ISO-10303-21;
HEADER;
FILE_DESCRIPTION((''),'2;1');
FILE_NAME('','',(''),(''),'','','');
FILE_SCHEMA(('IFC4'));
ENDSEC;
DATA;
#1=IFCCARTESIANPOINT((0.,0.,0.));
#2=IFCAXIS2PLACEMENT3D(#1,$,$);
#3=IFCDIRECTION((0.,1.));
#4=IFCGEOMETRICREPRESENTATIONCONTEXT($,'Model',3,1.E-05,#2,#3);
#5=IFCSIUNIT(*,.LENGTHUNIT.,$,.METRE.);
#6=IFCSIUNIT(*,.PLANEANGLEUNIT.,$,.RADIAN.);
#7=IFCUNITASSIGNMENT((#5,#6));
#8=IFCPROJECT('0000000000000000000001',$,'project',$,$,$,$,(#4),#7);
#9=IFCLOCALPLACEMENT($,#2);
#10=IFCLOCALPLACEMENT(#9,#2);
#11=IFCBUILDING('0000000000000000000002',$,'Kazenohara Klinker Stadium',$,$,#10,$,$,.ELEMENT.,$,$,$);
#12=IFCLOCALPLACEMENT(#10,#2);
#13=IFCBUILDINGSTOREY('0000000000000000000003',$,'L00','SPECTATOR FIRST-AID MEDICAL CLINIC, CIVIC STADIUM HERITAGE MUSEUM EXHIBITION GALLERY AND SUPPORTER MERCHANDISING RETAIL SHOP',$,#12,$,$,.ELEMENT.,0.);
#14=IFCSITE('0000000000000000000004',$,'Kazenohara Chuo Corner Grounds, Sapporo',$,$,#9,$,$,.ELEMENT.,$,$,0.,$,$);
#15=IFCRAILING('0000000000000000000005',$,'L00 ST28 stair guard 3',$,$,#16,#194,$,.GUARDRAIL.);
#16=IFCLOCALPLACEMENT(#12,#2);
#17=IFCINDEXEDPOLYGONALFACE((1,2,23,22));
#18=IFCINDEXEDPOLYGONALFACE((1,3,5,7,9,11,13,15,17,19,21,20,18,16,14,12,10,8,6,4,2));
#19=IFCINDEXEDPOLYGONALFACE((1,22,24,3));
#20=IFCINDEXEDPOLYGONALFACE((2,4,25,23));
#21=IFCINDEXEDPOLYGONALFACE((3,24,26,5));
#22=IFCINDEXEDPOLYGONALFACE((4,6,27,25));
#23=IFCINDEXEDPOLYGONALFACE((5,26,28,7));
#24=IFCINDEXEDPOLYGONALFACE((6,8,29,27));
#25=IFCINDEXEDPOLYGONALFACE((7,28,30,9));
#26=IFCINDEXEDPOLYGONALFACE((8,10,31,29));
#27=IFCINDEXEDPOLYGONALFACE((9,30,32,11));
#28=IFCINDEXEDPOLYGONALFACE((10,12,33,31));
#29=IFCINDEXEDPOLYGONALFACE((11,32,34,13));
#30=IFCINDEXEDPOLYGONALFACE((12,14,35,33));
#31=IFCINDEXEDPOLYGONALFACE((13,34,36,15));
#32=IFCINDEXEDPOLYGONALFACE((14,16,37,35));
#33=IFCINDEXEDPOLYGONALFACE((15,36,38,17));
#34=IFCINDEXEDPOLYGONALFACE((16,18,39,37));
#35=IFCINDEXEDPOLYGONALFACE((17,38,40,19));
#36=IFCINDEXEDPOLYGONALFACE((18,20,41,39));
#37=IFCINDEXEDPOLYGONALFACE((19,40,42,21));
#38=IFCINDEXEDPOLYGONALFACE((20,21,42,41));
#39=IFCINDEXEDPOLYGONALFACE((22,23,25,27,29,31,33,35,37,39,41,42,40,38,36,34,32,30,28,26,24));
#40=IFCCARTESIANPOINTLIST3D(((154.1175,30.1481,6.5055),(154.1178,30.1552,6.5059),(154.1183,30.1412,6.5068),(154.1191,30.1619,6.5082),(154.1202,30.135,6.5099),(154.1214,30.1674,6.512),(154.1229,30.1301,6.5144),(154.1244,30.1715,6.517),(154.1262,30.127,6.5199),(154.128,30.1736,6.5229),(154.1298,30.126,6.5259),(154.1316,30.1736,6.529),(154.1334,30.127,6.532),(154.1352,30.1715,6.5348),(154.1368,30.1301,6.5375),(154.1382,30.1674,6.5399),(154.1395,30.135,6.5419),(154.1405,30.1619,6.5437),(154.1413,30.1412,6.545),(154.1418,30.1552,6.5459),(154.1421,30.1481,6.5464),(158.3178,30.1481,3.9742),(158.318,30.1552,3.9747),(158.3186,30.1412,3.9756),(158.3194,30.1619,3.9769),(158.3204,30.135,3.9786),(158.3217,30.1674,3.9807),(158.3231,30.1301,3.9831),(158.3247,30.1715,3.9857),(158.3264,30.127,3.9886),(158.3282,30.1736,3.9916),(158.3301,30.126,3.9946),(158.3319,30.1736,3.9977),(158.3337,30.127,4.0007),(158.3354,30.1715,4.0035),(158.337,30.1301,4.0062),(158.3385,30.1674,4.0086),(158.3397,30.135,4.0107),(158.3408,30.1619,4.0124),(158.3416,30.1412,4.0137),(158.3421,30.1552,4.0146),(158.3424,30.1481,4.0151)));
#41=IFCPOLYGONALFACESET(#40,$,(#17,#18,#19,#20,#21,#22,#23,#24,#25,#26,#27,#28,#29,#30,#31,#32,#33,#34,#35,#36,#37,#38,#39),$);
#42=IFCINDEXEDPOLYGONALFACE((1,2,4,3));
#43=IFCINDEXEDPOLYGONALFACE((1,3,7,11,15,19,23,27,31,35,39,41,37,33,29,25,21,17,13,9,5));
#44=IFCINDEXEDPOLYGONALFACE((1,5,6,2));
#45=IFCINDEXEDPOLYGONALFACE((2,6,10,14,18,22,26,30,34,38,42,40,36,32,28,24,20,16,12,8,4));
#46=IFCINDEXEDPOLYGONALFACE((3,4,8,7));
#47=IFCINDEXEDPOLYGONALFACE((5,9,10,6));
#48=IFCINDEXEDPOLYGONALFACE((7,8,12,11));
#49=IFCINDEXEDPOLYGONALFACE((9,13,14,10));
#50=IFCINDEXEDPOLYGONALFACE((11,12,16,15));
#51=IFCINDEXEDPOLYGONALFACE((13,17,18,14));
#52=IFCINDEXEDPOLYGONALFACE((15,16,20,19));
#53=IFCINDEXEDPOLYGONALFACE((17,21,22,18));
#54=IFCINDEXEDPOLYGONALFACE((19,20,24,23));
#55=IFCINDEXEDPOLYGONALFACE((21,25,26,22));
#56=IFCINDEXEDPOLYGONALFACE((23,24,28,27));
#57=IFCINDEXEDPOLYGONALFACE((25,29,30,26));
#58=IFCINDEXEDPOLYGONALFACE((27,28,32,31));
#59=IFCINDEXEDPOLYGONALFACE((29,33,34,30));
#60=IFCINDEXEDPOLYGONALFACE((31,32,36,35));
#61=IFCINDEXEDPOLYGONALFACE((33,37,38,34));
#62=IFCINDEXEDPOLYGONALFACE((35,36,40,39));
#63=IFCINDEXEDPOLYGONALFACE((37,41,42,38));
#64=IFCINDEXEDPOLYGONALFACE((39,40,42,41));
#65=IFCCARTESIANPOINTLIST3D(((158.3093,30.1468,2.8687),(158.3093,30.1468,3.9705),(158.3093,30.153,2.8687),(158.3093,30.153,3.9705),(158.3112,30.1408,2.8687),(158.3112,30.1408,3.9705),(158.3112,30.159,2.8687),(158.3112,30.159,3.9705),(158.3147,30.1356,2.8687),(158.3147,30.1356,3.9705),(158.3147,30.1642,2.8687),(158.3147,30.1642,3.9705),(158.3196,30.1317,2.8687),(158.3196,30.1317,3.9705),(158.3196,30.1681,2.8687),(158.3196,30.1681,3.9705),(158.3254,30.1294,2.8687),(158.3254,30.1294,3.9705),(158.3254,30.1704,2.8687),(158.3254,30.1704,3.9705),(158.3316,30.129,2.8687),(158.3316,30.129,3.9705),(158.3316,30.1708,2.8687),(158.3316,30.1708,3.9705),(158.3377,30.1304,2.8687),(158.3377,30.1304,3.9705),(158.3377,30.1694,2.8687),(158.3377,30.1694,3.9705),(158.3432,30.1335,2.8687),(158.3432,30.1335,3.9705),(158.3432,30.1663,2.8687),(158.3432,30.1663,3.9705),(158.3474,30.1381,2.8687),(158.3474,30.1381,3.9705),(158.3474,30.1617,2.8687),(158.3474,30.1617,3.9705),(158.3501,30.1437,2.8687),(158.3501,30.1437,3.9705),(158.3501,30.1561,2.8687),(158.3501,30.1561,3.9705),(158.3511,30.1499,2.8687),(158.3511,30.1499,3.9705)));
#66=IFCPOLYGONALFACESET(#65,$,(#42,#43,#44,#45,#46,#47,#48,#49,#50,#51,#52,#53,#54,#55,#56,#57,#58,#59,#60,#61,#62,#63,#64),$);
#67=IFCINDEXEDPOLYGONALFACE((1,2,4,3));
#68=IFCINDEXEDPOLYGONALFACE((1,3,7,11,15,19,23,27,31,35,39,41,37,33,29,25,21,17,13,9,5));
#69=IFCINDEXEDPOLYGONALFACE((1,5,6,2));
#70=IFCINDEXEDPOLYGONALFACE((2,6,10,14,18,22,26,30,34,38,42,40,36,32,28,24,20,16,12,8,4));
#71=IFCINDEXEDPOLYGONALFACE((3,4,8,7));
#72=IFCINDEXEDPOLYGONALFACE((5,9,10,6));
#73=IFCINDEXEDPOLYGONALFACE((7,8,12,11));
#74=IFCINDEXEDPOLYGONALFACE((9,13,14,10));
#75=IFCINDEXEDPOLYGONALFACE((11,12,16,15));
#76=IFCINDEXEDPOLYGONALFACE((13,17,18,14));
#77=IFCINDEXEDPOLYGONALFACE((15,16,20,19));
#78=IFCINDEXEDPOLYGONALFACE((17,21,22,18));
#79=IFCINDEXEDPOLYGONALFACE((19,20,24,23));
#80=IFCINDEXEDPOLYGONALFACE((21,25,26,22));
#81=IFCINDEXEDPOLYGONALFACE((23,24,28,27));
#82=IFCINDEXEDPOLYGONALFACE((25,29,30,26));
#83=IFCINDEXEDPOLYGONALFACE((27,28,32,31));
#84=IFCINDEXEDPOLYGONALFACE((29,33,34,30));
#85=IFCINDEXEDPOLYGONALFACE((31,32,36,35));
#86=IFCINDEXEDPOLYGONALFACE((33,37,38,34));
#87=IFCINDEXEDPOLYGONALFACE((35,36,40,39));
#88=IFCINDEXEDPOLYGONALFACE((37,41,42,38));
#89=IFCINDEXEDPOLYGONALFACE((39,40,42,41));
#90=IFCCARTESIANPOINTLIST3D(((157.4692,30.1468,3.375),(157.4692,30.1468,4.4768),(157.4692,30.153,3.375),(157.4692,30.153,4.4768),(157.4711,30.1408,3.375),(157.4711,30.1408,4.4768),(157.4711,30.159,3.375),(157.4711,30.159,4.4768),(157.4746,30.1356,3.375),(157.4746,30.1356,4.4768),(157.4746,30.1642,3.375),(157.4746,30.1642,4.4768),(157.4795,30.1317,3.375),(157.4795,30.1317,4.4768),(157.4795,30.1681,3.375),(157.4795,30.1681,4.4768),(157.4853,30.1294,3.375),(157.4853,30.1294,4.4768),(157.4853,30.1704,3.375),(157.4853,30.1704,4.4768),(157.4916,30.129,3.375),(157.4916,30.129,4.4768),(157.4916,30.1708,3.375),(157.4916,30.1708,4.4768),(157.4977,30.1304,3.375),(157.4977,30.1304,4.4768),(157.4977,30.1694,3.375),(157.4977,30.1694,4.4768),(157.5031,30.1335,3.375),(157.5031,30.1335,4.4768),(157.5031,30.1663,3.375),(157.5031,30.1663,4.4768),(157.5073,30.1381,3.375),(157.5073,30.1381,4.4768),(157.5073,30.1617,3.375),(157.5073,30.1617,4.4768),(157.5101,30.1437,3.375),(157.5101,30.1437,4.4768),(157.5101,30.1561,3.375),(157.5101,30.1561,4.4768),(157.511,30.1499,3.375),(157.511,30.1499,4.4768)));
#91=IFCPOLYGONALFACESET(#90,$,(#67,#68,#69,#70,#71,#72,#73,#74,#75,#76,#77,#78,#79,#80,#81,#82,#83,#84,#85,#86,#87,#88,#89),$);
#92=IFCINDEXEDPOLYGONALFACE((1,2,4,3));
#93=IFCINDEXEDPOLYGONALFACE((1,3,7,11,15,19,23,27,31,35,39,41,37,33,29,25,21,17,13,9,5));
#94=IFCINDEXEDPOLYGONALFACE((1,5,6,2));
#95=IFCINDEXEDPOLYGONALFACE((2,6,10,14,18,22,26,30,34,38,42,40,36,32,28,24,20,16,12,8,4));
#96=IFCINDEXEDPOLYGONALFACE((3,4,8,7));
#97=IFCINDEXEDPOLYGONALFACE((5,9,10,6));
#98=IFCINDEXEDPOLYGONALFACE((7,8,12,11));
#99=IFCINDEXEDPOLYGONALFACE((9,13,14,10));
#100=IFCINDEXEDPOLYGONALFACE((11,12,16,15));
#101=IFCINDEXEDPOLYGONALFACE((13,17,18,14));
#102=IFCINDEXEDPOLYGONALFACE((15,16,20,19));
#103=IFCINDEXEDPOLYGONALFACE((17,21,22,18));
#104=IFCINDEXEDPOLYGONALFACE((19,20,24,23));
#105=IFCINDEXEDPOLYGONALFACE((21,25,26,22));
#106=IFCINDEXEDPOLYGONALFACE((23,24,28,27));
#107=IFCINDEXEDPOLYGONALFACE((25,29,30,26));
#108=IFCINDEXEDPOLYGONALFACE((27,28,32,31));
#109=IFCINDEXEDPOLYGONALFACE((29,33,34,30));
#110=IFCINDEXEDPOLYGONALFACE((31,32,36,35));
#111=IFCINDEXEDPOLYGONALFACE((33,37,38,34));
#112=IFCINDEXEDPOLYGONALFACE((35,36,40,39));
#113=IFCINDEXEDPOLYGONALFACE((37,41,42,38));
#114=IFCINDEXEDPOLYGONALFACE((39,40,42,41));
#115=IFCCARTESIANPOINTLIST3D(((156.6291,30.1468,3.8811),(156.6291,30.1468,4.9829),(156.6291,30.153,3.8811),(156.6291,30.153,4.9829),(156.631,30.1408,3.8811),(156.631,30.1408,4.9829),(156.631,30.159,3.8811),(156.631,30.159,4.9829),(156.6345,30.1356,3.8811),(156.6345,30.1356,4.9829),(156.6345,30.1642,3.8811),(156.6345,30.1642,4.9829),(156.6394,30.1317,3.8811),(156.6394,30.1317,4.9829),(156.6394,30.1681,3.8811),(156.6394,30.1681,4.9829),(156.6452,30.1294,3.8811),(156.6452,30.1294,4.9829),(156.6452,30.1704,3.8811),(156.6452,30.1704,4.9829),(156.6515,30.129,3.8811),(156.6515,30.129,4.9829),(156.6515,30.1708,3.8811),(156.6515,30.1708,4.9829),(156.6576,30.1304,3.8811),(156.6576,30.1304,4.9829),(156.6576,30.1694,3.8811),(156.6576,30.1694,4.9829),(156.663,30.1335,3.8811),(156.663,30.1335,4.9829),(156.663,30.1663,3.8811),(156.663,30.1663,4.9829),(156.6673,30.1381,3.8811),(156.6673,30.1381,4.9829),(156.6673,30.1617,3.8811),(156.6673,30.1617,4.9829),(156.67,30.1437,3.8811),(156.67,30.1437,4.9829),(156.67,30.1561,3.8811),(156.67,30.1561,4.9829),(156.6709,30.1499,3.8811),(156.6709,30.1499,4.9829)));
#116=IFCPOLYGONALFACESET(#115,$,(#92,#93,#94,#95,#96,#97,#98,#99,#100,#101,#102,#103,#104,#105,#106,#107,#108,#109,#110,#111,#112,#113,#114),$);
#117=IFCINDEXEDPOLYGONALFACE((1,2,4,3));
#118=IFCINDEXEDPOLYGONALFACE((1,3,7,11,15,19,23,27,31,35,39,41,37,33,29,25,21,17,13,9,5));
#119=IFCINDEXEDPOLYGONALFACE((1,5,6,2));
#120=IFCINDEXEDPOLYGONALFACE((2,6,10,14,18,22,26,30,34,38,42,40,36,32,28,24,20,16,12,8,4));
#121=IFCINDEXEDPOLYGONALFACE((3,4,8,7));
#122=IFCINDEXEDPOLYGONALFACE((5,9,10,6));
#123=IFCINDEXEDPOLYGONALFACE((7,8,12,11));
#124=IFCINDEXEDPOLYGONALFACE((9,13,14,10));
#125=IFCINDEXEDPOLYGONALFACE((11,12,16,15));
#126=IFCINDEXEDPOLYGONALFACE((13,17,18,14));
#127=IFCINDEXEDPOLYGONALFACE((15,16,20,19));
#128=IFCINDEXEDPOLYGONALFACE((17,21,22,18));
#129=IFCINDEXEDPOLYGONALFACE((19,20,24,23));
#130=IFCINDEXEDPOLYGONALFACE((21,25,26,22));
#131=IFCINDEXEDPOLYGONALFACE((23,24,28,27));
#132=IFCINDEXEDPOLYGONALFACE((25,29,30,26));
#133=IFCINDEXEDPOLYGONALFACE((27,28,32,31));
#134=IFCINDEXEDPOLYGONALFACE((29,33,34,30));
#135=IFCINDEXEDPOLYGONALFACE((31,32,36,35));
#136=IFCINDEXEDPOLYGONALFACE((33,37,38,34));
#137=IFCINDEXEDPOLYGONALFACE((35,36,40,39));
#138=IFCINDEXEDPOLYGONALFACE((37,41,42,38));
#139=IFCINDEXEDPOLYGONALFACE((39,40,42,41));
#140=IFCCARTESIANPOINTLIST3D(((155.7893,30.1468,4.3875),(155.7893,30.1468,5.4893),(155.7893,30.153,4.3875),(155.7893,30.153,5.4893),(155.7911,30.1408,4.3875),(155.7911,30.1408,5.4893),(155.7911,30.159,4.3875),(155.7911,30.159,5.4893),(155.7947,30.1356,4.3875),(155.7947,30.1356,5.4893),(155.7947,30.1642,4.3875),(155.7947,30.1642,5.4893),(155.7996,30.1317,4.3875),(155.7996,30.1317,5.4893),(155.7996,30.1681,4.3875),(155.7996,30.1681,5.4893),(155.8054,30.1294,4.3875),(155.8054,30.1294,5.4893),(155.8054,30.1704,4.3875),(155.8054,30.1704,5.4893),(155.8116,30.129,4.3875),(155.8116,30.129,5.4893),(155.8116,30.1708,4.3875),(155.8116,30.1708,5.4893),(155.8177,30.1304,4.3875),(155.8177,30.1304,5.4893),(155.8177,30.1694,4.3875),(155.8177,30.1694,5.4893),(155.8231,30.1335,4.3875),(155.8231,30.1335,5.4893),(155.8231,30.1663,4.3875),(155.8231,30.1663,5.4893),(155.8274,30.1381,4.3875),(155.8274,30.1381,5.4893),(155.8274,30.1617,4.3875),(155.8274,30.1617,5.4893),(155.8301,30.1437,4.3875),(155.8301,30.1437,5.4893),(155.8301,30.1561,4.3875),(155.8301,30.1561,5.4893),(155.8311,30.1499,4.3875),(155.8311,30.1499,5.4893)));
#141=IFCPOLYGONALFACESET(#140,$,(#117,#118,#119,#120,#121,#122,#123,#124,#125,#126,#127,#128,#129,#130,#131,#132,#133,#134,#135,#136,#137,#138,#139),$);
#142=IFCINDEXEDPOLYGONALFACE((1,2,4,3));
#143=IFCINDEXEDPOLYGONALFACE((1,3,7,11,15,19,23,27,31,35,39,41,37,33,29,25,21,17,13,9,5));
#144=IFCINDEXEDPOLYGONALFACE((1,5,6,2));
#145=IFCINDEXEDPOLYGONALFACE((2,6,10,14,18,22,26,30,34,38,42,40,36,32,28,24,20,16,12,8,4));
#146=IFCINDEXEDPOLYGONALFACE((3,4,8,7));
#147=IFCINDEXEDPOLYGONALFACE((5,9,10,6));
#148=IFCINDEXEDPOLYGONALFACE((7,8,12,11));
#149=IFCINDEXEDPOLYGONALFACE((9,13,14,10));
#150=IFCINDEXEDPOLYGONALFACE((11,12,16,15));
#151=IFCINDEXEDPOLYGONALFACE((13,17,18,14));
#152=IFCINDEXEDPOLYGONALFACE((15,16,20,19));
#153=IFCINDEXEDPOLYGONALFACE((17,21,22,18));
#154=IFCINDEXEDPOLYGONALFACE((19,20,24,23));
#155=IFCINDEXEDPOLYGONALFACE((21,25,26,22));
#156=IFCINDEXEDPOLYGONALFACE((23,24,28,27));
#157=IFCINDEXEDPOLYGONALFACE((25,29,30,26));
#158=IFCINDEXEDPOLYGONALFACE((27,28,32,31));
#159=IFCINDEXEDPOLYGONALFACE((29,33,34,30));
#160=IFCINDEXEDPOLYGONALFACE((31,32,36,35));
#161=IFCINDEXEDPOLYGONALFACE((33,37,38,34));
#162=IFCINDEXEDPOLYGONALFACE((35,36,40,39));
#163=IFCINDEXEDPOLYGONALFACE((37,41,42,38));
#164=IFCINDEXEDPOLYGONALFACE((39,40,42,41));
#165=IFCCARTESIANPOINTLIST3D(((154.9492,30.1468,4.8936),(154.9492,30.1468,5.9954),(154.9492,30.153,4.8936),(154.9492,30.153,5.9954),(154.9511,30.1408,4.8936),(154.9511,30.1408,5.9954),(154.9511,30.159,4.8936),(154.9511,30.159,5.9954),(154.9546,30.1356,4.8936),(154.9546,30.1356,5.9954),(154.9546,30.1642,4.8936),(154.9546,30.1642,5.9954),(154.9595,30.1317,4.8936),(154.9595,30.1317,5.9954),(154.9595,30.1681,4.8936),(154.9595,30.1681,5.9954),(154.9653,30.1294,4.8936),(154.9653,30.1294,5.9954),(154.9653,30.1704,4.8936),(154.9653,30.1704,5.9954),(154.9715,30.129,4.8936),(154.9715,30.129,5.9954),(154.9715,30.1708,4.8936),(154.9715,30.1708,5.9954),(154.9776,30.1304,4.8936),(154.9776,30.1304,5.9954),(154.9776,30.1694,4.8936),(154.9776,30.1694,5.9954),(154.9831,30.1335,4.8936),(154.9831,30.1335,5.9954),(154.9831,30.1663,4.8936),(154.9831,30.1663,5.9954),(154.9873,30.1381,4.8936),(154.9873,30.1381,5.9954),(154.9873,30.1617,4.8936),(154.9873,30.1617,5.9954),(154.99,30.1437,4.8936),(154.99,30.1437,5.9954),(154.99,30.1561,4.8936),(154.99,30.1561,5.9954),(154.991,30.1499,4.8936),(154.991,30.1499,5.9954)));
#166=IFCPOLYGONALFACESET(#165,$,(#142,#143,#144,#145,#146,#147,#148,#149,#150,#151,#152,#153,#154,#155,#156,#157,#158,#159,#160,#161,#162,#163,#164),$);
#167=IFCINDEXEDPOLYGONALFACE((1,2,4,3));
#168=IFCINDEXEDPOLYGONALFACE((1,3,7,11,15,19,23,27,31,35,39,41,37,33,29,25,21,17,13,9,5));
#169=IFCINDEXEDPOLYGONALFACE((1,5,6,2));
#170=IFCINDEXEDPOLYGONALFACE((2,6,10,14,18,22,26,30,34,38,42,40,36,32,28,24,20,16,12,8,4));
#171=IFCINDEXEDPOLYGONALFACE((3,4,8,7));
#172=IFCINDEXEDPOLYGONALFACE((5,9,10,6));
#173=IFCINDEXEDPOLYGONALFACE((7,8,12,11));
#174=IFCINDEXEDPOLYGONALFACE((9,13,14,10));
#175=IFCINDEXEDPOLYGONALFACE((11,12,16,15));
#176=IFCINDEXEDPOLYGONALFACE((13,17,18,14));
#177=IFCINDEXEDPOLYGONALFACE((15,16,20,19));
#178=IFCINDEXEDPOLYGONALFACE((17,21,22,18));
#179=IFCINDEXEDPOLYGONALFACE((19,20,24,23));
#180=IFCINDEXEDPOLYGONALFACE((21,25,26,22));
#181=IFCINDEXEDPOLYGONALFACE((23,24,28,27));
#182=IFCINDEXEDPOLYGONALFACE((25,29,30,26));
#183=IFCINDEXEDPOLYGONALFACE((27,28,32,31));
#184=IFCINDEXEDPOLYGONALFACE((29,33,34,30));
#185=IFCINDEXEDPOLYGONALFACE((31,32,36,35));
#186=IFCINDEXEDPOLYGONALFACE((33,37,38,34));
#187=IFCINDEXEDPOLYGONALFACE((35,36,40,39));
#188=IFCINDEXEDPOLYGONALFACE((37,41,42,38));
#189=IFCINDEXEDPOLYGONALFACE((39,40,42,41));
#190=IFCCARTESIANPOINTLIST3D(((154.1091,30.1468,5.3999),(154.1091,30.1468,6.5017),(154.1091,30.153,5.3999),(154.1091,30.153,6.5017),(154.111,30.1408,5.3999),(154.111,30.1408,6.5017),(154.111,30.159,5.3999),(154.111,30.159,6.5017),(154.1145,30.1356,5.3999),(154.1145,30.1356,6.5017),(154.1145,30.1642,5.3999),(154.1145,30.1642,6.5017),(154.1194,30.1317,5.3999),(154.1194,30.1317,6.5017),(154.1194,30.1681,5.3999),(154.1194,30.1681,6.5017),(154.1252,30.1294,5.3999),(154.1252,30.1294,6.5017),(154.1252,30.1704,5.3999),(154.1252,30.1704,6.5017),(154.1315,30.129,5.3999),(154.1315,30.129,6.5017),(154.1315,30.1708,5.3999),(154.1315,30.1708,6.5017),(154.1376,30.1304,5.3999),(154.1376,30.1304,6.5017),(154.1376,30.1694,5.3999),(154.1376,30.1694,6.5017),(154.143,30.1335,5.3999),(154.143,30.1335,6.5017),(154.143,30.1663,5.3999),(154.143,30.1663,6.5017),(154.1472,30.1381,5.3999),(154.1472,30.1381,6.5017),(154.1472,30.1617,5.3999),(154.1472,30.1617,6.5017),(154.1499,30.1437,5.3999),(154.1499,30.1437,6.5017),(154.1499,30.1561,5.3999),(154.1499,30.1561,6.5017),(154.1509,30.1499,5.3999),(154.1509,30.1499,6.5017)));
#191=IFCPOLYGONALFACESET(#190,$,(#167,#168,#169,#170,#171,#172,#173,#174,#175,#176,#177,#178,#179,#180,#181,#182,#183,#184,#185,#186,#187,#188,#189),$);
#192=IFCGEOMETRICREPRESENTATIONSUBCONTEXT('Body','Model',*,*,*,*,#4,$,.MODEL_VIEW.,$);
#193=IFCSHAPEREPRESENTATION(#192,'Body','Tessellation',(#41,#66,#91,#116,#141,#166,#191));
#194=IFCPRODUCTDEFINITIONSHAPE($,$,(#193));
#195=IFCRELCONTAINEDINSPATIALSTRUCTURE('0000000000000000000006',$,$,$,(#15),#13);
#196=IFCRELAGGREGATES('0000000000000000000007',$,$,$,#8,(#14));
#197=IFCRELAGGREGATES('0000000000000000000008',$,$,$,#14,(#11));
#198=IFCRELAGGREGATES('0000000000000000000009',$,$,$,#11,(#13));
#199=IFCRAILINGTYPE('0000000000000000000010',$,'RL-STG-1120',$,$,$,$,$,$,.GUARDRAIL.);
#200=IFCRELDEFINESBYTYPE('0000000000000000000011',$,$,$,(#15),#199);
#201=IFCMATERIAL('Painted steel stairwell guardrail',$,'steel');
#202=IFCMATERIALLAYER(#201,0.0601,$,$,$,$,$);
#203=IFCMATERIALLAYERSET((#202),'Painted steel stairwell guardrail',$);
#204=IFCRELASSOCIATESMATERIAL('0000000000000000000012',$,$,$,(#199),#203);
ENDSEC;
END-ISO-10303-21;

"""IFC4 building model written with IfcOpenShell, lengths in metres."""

from ifc_helpers import new_model, si_unit, direction, frame, origin, origin_2d, place, context, subcontext, project, spatial, circle, extrude, material, layer, layer_set, type_object, element, save


model = new_model("IFC4")

# Units and contexts
model_context = context("Model", 3, precision=1e-05, world=origin(), true_north=direction((0.0, 1.0)))
body_context = subcontext(model_context, "Body", "Model", "MODEL_VIEW")
ifc_project = project(units=[si_unit("LENGTHUNIT", "METRE"), si_unit("PLANEANGLEUNIT", "RADIAN")], contexts=[model_context])

# Site, building, storey
site_placement = place(None, origin())
site = spatial("IfcSite", under=ifc_project, at=site_placement, Name="Kazenohara Chuo Corner Grounds, Sapporo", CompositionType="ELEMENT", RefElevation=0.0)
building_placement = place(site_placement, origin())
building = spatial("IfcBuilding", under=site, at=building_placement, Name="Kazenohara Klinker Stadium", CompositionType="ELEMENT")
storey_placement = place(building_placement, origin())
storey = spatial("IfcBuildingStorey", under=building, at=storey_placement, Name="L00", Description="SPECTATOR FIRST-AID MEDICAL CLINIC, CIVIC STADIUM HERITAGE MUSEUM EXHIBITION GALLERY AND SUPPORTER MERCHANDISING RETAIL SHOP", CompositionType="ELEMENT", Elevation=0.0)

# Railing
ifc_material_1 = material(Name="Painted steel stairwell guardrail", Category="steel")
ifc_layer_1 = layer(ifc_material_1, 0.0601)
ifc_layer_set_1 = layer_set([ifc_layer_1], Name="Painted steel stairwell guardrail")
railing_type_1 = type_object("IfcRailingType", Name="RL-STG-1120", PredefinedType="GUARDRAIL", material=ifc_layer_set_1)
railing_1_placement = place(storey_placement, frame((158.3301, 30.1499, 2.8687)))
element("IfcRailing", 1, at=railing_1_placement, inside=storey, type_object=railing_type_1, Name="L00 ST28 stair guard 3", PredefinedType="GUARDRAIL", context=body_context, shape_type="SweptSolid", body=[
    extrude(circle(Radius=0.0239, at=origin_2d()), frame((0.0, 0.0, 1.126), z_axis=(-0.85649, 0.0, 0.516164), x_axis=(0.0, -1.0, 0.0)), (0.0, 0.0, 1.0), 4.9041),
    extrude(circle(Radius=0.021, at=origin_2d()), origin(), (0.0, 0.0, 1.0), 1.1018),
    extrude(circle(Radius=0.021, at=origin_2d()), frame((-0.8401, 0.0, 0.5063)), (0.0, 0.0, 1.0), 1.1018),
    extrude(circle(Radius=0.021, at=origin_2d()), frame((-1.6802, 0.0, 1.0125)), (0.0, 0.0, 1.0), 1.1018),
    extrude(circle(Radius=0.021, at=origin_2d()), frame((-2.52, 0.0, 1.5188)), (0.0, 0.0, 1.0), 1.1018),
    extrude(circle(Radius=0.021, at=origin_2d()), frame((-3.3601, 0.0, 2.0249)), (0.0, 0.0, 1.0), 1.1018),
    extrude(circle(Radius=0.021, at=origin_2d()), frame((-4.2002, 0.0, 2.5312)), (0.0, 0.0, 1.0), 1.1018),
])

save(model, "model.ifc")
